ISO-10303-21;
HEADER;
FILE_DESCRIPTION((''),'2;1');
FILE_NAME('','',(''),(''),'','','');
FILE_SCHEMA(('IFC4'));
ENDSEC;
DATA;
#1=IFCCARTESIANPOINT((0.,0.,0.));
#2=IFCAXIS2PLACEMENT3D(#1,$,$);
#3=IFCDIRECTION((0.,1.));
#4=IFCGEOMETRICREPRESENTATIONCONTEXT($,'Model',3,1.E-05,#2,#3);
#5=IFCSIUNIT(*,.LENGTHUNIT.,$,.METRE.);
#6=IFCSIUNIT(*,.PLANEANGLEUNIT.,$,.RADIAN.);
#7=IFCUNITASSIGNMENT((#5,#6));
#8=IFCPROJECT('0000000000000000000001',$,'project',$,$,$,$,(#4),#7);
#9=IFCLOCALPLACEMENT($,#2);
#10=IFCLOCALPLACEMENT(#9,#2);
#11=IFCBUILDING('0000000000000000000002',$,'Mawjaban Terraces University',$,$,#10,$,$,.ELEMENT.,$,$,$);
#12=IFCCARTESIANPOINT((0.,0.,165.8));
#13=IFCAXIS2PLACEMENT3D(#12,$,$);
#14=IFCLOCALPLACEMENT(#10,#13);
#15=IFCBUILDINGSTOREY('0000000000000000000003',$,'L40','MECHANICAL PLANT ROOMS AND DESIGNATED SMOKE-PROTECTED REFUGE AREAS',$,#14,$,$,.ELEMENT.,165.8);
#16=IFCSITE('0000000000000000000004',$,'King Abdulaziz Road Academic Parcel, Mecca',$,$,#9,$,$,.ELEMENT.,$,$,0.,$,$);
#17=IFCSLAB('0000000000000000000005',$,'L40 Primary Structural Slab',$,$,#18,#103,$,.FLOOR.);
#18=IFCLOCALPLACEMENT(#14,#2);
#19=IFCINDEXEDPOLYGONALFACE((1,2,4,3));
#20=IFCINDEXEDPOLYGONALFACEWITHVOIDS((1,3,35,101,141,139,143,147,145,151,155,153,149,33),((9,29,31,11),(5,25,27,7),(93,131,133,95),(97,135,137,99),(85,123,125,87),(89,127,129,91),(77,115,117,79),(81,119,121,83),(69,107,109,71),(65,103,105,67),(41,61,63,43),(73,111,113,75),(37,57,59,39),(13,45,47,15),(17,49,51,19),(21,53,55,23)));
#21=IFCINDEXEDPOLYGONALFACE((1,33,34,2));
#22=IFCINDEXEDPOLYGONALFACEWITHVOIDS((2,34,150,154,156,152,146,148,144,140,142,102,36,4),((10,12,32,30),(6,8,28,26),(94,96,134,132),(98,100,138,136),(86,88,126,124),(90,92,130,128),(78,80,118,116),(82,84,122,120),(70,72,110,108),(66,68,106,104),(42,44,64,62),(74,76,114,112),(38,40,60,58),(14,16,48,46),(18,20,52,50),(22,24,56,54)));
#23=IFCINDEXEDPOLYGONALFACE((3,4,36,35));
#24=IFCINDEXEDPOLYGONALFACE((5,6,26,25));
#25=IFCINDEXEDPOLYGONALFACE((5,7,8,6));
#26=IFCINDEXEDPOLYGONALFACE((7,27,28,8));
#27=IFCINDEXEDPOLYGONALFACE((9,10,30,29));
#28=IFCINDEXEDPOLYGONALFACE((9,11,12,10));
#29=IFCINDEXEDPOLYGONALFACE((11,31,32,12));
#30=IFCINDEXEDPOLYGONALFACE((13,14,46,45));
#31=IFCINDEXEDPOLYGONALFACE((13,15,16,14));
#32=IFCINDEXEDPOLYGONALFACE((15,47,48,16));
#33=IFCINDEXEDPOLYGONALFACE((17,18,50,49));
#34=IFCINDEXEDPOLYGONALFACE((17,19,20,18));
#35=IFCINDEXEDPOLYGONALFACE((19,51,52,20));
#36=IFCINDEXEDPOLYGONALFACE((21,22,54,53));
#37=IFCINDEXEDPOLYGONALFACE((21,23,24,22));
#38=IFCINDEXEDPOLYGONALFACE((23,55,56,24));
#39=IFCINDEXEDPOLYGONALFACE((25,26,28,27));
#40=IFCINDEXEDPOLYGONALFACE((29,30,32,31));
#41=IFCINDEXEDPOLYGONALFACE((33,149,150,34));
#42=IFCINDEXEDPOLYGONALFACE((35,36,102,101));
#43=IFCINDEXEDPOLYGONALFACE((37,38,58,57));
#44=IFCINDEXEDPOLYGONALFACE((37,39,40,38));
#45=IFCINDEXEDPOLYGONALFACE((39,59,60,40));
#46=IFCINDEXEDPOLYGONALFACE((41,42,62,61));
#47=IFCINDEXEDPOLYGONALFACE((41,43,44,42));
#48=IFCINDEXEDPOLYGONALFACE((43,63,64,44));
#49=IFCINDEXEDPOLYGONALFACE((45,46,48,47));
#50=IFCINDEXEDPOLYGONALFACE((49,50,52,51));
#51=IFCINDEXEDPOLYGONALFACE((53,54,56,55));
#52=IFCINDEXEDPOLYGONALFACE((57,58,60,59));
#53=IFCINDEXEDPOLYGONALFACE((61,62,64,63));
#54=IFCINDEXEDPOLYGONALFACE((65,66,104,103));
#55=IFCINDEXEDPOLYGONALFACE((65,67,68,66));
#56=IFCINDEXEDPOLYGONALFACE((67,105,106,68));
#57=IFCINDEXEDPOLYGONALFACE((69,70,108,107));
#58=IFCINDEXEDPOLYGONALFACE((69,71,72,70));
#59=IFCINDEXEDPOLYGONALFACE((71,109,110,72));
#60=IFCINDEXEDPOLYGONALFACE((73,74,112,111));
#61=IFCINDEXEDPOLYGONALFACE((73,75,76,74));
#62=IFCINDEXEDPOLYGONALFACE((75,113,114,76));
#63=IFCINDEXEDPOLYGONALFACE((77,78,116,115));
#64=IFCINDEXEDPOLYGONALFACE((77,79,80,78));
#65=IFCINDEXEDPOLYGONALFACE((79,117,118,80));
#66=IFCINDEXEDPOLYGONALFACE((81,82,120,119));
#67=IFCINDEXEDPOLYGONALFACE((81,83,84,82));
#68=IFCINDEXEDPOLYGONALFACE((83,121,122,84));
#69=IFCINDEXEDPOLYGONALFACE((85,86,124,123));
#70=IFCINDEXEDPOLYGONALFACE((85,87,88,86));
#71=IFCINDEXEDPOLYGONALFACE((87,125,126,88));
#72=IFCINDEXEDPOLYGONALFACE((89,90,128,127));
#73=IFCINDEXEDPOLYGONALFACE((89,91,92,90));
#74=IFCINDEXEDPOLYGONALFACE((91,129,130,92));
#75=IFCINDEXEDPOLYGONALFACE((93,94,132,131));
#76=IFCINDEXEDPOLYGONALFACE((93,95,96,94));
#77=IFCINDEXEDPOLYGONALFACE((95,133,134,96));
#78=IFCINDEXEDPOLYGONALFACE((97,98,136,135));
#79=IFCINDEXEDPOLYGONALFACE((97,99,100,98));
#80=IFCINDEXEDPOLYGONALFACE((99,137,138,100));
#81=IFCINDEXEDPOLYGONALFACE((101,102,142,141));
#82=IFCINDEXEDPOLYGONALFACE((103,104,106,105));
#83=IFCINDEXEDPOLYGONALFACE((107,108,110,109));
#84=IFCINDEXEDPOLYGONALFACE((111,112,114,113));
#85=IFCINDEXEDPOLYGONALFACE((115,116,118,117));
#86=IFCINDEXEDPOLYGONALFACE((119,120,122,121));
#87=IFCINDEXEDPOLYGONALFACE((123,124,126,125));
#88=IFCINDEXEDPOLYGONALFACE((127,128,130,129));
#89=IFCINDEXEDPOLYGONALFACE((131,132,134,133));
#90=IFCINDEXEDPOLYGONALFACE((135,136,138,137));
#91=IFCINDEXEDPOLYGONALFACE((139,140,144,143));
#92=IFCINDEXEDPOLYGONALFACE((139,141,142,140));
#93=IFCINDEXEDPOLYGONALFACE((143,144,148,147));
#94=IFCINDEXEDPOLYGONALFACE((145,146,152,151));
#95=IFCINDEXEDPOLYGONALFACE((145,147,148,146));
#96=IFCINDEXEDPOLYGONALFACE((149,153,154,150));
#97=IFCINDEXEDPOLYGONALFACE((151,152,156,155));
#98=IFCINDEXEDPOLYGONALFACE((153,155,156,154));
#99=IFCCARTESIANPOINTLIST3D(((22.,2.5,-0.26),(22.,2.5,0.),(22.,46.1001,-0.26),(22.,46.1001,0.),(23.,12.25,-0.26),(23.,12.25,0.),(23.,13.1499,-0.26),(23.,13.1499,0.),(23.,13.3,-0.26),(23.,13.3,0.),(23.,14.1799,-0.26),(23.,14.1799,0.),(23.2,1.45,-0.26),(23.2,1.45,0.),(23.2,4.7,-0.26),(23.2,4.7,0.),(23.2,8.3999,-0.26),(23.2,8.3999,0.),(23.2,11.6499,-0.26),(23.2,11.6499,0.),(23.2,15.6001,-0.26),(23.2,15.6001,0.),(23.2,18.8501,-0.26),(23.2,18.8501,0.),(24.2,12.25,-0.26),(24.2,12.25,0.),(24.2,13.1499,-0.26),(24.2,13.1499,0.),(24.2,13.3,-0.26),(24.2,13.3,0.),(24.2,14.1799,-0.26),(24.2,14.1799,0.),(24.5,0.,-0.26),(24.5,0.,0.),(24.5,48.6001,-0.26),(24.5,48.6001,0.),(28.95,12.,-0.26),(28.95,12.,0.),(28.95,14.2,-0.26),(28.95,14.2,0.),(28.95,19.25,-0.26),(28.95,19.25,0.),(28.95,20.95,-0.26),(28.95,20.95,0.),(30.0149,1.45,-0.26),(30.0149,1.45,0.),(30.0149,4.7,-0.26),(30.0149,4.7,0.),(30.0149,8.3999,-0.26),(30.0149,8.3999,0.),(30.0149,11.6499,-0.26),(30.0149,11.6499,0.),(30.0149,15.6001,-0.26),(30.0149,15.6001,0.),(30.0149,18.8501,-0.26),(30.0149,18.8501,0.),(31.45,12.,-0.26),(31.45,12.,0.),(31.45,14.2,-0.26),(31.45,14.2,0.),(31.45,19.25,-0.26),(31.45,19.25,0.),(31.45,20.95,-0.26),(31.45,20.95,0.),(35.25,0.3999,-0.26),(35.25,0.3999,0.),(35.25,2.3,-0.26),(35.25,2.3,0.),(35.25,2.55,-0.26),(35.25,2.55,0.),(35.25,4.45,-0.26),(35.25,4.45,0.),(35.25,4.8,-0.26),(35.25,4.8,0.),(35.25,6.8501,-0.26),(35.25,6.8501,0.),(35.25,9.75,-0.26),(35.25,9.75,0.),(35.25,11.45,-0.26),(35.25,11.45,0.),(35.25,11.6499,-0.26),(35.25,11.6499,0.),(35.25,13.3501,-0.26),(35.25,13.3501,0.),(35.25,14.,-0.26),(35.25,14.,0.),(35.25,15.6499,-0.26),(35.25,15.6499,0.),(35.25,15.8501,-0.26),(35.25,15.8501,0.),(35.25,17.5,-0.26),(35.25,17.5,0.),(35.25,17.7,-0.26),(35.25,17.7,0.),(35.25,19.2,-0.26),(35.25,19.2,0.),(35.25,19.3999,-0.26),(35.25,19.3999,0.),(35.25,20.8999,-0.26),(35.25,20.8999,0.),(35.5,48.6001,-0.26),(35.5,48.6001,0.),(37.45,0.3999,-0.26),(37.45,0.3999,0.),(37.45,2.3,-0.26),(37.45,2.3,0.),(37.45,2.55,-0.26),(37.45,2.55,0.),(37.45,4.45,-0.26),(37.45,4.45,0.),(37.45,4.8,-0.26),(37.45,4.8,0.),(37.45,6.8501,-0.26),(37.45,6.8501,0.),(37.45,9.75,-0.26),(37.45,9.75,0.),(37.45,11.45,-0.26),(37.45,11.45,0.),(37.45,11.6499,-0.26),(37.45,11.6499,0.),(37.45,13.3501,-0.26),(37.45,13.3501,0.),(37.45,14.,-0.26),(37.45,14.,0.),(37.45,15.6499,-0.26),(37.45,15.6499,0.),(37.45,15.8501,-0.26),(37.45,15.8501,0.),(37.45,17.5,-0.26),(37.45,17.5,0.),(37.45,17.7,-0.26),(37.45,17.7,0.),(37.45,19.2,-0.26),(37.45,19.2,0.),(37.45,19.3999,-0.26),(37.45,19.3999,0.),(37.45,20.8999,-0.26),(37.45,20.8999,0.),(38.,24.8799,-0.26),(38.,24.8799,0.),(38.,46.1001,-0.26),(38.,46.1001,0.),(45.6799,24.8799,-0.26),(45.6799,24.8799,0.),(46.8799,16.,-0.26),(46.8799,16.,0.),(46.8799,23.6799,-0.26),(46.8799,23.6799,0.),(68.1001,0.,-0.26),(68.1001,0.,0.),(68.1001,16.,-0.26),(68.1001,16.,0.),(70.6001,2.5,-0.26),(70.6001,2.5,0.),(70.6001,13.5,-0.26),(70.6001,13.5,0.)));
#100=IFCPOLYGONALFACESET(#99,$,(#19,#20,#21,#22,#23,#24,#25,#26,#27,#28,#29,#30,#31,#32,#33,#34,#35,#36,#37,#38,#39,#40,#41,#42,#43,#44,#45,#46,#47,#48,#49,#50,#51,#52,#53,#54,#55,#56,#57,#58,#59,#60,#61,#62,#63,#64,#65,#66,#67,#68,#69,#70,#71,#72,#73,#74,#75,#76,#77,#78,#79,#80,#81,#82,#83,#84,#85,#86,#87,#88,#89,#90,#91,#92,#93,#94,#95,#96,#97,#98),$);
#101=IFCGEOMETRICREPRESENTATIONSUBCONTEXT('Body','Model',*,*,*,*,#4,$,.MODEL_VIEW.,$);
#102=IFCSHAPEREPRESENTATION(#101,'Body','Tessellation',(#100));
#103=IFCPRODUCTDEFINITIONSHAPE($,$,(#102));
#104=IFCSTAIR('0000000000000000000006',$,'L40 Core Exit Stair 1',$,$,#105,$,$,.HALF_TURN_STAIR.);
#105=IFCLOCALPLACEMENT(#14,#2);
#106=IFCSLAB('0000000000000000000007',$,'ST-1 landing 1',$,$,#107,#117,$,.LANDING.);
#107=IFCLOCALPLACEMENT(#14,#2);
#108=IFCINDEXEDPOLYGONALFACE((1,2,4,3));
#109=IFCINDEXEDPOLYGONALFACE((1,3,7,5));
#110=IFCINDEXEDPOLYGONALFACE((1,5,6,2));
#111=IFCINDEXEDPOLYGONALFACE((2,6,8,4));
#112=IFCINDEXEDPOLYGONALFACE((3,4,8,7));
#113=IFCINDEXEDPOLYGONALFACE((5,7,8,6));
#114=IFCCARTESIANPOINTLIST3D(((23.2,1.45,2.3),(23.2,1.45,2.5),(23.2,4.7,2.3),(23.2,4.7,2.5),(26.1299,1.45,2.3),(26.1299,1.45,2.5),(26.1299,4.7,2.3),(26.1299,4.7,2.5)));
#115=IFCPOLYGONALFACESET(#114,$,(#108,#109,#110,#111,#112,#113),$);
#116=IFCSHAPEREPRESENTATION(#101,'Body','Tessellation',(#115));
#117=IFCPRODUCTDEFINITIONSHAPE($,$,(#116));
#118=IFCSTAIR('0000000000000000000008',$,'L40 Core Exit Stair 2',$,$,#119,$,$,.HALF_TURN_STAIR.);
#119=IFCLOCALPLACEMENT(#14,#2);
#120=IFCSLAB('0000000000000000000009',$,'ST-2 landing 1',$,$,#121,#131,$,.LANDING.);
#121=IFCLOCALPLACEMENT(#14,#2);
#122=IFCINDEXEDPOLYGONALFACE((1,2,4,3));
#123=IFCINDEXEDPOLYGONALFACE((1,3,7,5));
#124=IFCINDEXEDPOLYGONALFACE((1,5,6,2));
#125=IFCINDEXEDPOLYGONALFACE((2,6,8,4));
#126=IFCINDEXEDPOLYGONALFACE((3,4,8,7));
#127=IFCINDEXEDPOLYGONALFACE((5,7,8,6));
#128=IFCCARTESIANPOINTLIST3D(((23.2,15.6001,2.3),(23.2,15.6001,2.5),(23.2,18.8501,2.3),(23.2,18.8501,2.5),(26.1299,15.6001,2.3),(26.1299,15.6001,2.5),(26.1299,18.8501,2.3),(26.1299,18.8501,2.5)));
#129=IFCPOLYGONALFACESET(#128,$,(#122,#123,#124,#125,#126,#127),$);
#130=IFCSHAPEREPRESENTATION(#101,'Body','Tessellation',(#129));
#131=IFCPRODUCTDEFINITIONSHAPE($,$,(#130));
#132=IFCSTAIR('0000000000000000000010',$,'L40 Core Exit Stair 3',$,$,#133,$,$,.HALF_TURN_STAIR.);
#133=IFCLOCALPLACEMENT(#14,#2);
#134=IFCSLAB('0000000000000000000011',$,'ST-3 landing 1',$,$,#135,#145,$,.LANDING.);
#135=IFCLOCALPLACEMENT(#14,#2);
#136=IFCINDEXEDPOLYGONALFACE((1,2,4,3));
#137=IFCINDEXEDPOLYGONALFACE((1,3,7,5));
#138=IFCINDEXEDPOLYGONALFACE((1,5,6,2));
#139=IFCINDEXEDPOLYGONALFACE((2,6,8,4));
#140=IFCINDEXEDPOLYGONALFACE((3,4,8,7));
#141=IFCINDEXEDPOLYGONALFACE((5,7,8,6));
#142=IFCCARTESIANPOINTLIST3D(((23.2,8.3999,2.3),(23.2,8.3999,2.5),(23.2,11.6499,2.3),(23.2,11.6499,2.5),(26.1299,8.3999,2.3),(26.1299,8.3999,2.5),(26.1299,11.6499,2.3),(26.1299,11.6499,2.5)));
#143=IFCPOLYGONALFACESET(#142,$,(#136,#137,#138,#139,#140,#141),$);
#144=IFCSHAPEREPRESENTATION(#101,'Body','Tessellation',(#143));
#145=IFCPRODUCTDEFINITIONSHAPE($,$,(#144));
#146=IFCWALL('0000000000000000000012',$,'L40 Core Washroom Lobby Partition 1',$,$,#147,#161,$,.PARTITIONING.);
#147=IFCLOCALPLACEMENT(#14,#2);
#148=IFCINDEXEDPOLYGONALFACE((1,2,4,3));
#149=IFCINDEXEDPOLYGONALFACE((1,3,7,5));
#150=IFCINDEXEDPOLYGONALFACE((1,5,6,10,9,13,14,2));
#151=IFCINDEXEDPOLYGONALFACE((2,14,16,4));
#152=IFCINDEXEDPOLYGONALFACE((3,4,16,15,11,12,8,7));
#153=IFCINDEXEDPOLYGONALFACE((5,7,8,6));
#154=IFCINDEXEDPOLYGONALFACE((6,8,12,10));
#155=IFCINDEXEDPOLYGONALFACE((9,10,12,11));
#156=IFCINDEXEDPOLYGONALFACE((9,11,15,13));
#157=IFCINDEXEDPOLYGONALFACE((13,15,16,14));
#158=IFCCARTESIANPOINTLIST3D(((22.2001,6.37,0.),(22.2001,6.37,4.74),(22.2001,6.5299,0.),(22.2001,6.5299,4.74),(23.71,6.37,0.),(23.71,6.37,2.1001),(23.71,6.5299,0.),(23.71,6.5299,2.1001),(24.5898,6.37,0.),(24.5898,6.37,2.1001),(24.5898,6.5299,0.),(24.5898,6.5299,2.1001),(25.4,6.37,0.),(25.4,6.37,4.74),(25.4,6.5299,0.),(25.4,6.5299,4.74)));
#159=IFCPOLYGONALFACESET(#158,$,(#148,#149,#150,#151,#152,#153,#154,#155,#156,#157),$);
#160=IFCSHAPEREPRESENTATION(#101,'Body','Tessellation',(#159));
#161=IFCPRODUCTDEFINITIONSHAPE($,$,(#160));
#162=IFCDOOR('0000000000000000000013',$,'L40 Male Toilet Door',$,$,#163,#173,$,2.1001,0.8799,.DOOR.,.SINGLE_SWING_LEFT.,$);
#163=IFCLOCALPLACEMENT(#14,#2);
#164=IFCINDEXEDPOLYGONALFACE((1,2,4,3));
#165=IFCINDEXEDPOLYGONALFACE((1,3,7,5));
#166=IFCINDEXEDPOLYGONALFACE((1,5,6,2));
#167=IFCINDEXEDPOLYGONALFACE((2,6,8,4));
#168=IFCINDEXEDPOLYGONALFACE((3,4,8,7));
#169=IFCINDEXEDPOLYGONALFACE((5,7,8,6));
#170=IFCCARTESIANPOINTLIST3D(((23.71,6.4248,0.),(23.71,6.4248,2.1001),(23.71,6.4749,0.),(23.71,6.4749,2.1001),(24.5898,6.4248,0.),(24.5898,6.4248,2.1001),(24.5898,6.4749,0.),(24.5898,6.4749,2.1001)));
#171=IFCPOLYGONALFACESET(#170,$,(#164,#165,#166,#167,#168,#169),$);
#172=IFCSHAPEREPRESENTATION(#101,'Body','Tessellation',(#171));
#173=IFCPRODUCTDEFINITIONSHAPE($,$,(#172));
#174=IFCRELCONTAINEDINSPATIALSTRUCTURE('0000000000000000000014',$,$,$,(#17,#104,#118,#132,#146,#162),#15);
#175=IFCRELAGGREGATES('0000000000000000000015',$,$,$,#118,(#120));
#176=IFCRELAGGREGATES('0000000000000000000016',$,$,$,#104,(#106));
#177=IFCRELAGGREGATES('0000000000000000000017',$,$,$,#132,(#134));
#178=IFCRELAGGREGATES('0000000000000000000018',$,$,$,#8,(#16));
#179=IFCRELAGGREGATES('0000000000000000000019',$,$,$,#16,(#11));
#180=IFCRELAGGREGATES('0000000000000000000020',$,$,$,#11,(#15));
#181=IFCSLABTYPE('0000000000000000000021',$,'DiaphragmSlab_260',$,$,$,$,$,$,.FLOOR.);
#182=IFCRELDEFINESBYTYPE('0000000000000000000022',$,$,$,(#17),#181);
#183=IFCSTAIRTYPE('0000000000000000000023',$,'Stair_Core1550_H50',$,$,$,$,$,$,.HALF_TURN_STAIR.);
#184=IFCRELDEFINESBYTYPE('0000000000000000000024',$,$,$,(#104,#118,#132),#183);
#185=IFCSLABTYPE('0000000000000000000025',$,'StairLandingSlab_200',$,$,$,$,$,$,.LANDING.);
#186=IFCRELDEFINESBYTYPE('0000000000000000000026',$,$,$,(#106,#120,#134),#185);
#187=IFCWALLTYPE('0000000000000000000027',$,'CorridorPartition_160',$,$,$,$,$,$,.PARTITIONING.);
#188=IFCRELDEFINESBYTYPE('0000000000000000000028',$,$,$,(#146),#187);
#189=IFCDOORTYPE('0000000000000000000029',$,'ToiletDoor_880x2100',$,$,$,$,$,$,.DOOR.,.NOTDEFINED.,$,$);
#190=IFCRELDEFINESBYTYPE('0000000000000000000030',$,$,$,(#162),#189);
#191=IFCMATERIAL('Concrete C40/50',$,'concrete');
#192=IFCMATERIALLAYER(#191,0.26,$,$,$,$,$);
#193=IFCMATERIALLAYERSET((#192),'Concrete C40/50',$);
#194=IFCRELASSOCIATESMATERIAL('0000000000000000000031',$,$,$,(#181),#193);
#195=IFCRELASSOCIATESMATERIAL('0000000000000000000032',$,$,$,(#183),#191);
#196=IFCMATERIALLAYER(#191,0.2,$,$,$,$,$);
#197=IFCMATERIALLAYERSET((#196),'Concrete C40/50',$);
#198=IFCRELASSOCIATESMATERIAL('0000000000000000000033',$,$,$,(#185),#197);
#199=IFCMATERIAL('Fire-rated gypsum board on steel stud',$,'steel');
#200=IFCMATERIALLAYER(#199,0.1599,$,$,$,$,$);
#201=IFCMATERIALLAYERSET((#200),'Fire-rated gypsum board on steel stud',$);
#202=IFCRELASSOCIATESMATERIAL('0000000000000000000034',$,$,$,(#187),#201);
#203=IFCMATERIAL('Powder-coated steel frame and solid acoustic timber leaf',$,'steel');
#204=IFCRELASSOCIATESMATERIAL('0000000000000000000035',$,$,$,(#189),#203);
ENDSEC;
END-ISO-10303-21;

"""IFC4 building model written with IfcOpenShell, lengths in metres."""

from ifc_helpers import new_model, si_unit, direction, frame, frame_2d, origin, place, context, subcontext, project, spatial, polyline, rectangle, outline, extrude, material, layer, layer_set, type_object, element, fill, aggregate, save


model = new_model("IFC4")

# Units and contexts
model_context = context("Model", 3, precision=1e-05, world=origin(), true_north=direction((0.0, 1.0)))
body_context = subcontext(model_context, "Body", "Model", "MODEL_VIEW")
ifc_project = project(units=[si_unit("LENGTHUNIT", "METRE"), si_unit("PLANEANGLEUNIT", "RADIAN")], contexts=[model_context])

# Site, building, storey
site_placement = place(None, origin())
site = spatial("IfcSite", under=ifc_project, at=site_placement, Name="King Abdulaziz Road Academic Parcel, Mecca", CompositionType="ELEMENT", RefElevation=0.0)
building_placement = place(site_placement, origin())
building = spatial("IfcBuilding", under=site, at=building_placement, Name="Mawjaban Terraces University", CompositionType="ELEMENT")
storey_placement = place(building_placement, frame((0.0, 0.0, 165.8)))
storey = spatial("IfcBuildingStorey", under=building, at=storey_placement, Name="L40", Description="MECHANICAL PLANT ROOMS AND DESIGNATED SMOKE-PROTECTED REFUGE AREAS", CompositionType="ELEMENT", Elevation=165.8)

# Slab
ifc_material_1 = material(Name="Concrete C40/50", Category="concrete")
ifc_layer_1 = layer(ifc_material_1, 0.26)
ifc_layer_set_1 = layer_set([ifc_layer_1], Name="Concrete C40/50")
slab_type_1 = type_object("IfcSlabType", Name="DiaphragmSlab_260", PredefinedType="FLOOR", material=ifc_layer_set_1)
slab_1_placement = place(storey_placement, frame((0.0, 0.0, -0.26)))
element("IfcSlab", 1, at=slab_1_placement, inside=storey, type_object=slab_type_1, Name="L40 Primary Structural Slab", PredefinedType="FLOOR", context=body_context, shape_type="SweptSolid", body=[
    extrude(outline(polyline([(24.5, 0.0), (68.1001, 0.0), (70.6001, 2.5), (70.6001, 13.5), (68.1001, 16.0), (46.8799, 16.0), (46.8799, 23.6799), (45.6799, 24.8799), (38.0, 24.8799), (38.0, 46.1001), (35.5, 48.6001), (24.5, 48.6001), (22.0, 46.1001), (22.0, 2.5), (24.5, 0.0)]), holes=[polyline([(30.0149, 4.7), (23.2, 4.7), (23.2, 1.45), (30.0149, 1.45), (30.0149, 4.7)]), polyline([(30.0149, 18.8501), (23.2, 18.8501), (23.2, 15.6001), (30.0149, 15.6001), (30.0149, 18.8501)]), polyline([(30.0149, 11.6499), (23.2, 11.6499), (23.2, 8.3999), (30.0149, 8.3999), (30.0149, 11.6499)]), polyline([(35.25, 0.3999), (37.45, 0.3999), (37.45, 2.3), (35.25, 2.3), (35.25, 0.3999)]), polyline([(35.25, 2.55), (37.45, 2.55), (37.45, 4.45), (35.25, 4.45), (35.25, 2.55)]), polyline([(35.25, 4.8), (37.45, 4.8), (37.45, 6.8501), (35.25, 6.8501), (35.25, 4.8)]), polyline([(35.25, 9.75), (37.45, 9.75), (37.45, 11.45), (35.25, 11.45), (35.25, 9.75)]), polyline([(35.25, 11.6499), (37.45, 11.6499), (37.45, 13.3501), (35.25, 13.3501), (35.25, 11.6499)]), polyline([(28.95, 12.0), (31.45, 12.0), (31.45, 14.2), (28.95, 14.2), (28.95, 12.0)]), polyline([(35.25, 14.0), (37.45, 14.0), (37.45, 15.6499), (35.25, 15.6499), (35.25, 14.0)]), polyline([(35.25, 15.8501), (37.45, 15.8501), (37.45, 17.5), (35.25, 17.5), (35.25, 15.8501)]), polyline([(35.25, 17.7), (37.45, 17.7), (37.45, 19.2), (35.25, 19.2), (35.25, 17.7)]), polyline([(35.25, 19.3999), (37.45, 19.3999), (37.45, 20.8999), (35.25, 20.8999), (35.25, 19.3999)]), polyline([(28.95, 19.25), (31.45, 19.25), (31.45, 20.95), (28.95, 20.95), (28.95, 19.25)]), polyline([(23.0, 12.25), (24.2, 12.25), (24.2, 13.1499), (23.0, 13.1499), (23.0, 12.25)]), polyline([(23.0, 13.3), (24.2, 13.3), (24.2, 14.1799), (23.0, 14.1799), (23.0, 13.3)])]), origin(), (0.0, 0.0, 1.0), 0.26),
])

# Stairs, slabs
stair_type = type_object("IfcStairType", Name="Stair_Core1550_H50", PredefinedType="HALF_TURN_STAIR", material=ifc_material_1)
stair_1_placement = place(storey_placement, origin())
stair_1 = element("IfcStair", 2, at=stair_1_placement, inside=storey, type_object=stair_type, Name="L40 Core Exit Stair 1", PredefinedType="HALF_TURN_STAIR")
ifc_layer_2 = layer(ifc_material_1, 0.2)
ifc_layer_set_2 = layer_set([ifc_layer_2], Name="Concrete C40/50")
slab_type_2 = type_object("IfcSlabType", Name="StairLandingSlab_200", PredefinedType="LANDING", material=ifc_layer_set_2)
slab_2_placement = place(storey_placement, frame((0.0, 0.0, 2.3)))
slab_2 = element("IfcSlab", 3, at=slab_2_placement, type_object=slab_type_2, Name="ST-1 landing 1", PredefinedType="LANDING", context=body_context, shape_type="SweptSolid", body=[
    extrude(outline(polyline([(26.1299, 4.7), (23.2, 4.7), (23.2, 1.45), (26.1299, 1.45), (26.1299, 4.7)])), origin(), (0.0, 0.0, 1.0), 0.2),
])
stair_2_placement = place(storey_placement, origin())
stair_2 = element("IfcStair", 4, at=stair_2_placement, inside=storey, type_object=stair_type, Name="L40 Core Exit Stair 2", PredefinedType="HALF_TURN_STAIR")
slab_3_placement = place(storey_placement, frame((0.0, 0.0, 2.3)))
slab_3 = element("IfcSlab", 5, at=slab_3_placement, type_object=slab_type_2, Name="ST-2 landing 1", PredefinedType="LANDING", context=body_context, shape_type="SweptSolid", body=[
    extrude(outline(polyline([(26.1299, 18.8501), (23.2, 18.8501), (23.2, 15.6001), (26.1299, 15.6001), (26.1299, 18.8501)])), origin(), (0.0, 0.0, 1.0), 0.2),
])
aggregate(stair_2, [slab_3])
stair_3_placement = place(storey_placement, origin())
stair_3 = element("IfcStair", 6, at=stair_3_placement, inside=storey, type_object=stair_type, Name="L40 Core Exit Stair 3", PredefinedType="HALF_TURN_STAIR")
slab_4_placement = place(storey_placement, frame((0.0, 0.0, 2.3)))
slab_4 = element("IfcSlab", 7, at=slab_4_placement, type_object=slab_type_2, Name="ST-3 landing 1", PredefinedType="LANDING", context=body_context, shape_type="SweptSolid", body=[
    extrude(outline(polyline([(26.1299, 11.6499), (23.2, 11.6499), (23.2, 8.3999), (26.1299, 8.3999), (26.1299, 11.6499)])), origin(), (0.0, 0.0, 1.0), 0.2),
])

# Wall, opening, door
ifc_material_2 = material(Name="Fire-rated gypsum board on steel stud", Category="steel")
ifc_layer_3 = layer(ifc_material_2, 0.1599)
ifc_layer_set_3 = layer_set([ifc_layer_3], Name="Fire-rated gypsum board on steel stud")
wall_type_1 = type_object("IfcWallType", Name="CorridorPartition_160", PredefinedType="PARTITIONING", material=ifc_layer_set_3)
wall_1_placement = place(storey_placement, frame((22.2, 6.45, 0.0), z_axis=(0.0, 0.0, 1.0), x_axis=(1.0, 0.0, 0.0)))
wall_1 = element("IfcWall", 8, at=wall_1_placement, inside=storey, type_object=wall_type_1, Name="L40 Core Washroom Lobby Partition 1", PredefinedType="PARTITIONING", context=body_context, shape_type="SweptSolid", body=[
    extrude(rectangle(XDim=3.2, YDim=0.1599, at=frame_2d((1.6001, 0.0))), origin(), (0.0, 0.0, 1.0), 4.74),
])
opening_1_placement = place(wall_1_placement, frame((1.51, 0.0, 0.0)))
opening_1 = element("IfcOpeningElement", 9, at=opening_1_placement, cuts=wall_1, PredefinedType="OPENING", context=body_context, shape_type="SweptSolid", body=[
    extrude(rectangle(XDim=0.8799, YDim=2.1001, at=frame_2d((0.4399, 1.05))), frame((0.0, 0.0898, 0.0), z_axis=(0.0, -1.0, 0.0), x_axis=(1.0, 0.0, 0.0)), (0.0, 0.0, 1.0), 0.1799),
])
ifc_material_3 = material(Name="Powder-coated steel frame and solid acoustic timber leaf", Category="steel")
door_type_1 = type_object("IfcDoorType", Name="ToiletDoor_880x2100", OperationType="NOTDEFINED", PredefinedType="DOOR", material=ifc_material_3)
door_1_placement = place(opening_1_placement, origin())
door_1 = element("IfcDoor", 10, at=door_1_placement, inside=storey, type_object=door_type_1, Name="L40 Male Toilet Door", OperationType="SINGLE_SWING_LEFT", OverallHeight=2.1001, OverallWidth=0.8799, PredefinedType="DOOR", context=body_context, shape_type="SweptSolid", body=[
    extrude(rectangle(XDim=0.8799, YDim=2.1001, at=frame_2d((0.4399, 1.05))), frame((0.0, 0.0249, 0.0), z_axis=(0.0, -1.0, 0.0), x_axis=(1.0, 0.0, 0.0)), (0.0, 0.0, 1.0), 0.05),
])
fill(opening_1, door_1)

aggregate(stair_1, [slab_2])
aggregate(stair_3, [slab_4])

save(model, "model.ifc")
